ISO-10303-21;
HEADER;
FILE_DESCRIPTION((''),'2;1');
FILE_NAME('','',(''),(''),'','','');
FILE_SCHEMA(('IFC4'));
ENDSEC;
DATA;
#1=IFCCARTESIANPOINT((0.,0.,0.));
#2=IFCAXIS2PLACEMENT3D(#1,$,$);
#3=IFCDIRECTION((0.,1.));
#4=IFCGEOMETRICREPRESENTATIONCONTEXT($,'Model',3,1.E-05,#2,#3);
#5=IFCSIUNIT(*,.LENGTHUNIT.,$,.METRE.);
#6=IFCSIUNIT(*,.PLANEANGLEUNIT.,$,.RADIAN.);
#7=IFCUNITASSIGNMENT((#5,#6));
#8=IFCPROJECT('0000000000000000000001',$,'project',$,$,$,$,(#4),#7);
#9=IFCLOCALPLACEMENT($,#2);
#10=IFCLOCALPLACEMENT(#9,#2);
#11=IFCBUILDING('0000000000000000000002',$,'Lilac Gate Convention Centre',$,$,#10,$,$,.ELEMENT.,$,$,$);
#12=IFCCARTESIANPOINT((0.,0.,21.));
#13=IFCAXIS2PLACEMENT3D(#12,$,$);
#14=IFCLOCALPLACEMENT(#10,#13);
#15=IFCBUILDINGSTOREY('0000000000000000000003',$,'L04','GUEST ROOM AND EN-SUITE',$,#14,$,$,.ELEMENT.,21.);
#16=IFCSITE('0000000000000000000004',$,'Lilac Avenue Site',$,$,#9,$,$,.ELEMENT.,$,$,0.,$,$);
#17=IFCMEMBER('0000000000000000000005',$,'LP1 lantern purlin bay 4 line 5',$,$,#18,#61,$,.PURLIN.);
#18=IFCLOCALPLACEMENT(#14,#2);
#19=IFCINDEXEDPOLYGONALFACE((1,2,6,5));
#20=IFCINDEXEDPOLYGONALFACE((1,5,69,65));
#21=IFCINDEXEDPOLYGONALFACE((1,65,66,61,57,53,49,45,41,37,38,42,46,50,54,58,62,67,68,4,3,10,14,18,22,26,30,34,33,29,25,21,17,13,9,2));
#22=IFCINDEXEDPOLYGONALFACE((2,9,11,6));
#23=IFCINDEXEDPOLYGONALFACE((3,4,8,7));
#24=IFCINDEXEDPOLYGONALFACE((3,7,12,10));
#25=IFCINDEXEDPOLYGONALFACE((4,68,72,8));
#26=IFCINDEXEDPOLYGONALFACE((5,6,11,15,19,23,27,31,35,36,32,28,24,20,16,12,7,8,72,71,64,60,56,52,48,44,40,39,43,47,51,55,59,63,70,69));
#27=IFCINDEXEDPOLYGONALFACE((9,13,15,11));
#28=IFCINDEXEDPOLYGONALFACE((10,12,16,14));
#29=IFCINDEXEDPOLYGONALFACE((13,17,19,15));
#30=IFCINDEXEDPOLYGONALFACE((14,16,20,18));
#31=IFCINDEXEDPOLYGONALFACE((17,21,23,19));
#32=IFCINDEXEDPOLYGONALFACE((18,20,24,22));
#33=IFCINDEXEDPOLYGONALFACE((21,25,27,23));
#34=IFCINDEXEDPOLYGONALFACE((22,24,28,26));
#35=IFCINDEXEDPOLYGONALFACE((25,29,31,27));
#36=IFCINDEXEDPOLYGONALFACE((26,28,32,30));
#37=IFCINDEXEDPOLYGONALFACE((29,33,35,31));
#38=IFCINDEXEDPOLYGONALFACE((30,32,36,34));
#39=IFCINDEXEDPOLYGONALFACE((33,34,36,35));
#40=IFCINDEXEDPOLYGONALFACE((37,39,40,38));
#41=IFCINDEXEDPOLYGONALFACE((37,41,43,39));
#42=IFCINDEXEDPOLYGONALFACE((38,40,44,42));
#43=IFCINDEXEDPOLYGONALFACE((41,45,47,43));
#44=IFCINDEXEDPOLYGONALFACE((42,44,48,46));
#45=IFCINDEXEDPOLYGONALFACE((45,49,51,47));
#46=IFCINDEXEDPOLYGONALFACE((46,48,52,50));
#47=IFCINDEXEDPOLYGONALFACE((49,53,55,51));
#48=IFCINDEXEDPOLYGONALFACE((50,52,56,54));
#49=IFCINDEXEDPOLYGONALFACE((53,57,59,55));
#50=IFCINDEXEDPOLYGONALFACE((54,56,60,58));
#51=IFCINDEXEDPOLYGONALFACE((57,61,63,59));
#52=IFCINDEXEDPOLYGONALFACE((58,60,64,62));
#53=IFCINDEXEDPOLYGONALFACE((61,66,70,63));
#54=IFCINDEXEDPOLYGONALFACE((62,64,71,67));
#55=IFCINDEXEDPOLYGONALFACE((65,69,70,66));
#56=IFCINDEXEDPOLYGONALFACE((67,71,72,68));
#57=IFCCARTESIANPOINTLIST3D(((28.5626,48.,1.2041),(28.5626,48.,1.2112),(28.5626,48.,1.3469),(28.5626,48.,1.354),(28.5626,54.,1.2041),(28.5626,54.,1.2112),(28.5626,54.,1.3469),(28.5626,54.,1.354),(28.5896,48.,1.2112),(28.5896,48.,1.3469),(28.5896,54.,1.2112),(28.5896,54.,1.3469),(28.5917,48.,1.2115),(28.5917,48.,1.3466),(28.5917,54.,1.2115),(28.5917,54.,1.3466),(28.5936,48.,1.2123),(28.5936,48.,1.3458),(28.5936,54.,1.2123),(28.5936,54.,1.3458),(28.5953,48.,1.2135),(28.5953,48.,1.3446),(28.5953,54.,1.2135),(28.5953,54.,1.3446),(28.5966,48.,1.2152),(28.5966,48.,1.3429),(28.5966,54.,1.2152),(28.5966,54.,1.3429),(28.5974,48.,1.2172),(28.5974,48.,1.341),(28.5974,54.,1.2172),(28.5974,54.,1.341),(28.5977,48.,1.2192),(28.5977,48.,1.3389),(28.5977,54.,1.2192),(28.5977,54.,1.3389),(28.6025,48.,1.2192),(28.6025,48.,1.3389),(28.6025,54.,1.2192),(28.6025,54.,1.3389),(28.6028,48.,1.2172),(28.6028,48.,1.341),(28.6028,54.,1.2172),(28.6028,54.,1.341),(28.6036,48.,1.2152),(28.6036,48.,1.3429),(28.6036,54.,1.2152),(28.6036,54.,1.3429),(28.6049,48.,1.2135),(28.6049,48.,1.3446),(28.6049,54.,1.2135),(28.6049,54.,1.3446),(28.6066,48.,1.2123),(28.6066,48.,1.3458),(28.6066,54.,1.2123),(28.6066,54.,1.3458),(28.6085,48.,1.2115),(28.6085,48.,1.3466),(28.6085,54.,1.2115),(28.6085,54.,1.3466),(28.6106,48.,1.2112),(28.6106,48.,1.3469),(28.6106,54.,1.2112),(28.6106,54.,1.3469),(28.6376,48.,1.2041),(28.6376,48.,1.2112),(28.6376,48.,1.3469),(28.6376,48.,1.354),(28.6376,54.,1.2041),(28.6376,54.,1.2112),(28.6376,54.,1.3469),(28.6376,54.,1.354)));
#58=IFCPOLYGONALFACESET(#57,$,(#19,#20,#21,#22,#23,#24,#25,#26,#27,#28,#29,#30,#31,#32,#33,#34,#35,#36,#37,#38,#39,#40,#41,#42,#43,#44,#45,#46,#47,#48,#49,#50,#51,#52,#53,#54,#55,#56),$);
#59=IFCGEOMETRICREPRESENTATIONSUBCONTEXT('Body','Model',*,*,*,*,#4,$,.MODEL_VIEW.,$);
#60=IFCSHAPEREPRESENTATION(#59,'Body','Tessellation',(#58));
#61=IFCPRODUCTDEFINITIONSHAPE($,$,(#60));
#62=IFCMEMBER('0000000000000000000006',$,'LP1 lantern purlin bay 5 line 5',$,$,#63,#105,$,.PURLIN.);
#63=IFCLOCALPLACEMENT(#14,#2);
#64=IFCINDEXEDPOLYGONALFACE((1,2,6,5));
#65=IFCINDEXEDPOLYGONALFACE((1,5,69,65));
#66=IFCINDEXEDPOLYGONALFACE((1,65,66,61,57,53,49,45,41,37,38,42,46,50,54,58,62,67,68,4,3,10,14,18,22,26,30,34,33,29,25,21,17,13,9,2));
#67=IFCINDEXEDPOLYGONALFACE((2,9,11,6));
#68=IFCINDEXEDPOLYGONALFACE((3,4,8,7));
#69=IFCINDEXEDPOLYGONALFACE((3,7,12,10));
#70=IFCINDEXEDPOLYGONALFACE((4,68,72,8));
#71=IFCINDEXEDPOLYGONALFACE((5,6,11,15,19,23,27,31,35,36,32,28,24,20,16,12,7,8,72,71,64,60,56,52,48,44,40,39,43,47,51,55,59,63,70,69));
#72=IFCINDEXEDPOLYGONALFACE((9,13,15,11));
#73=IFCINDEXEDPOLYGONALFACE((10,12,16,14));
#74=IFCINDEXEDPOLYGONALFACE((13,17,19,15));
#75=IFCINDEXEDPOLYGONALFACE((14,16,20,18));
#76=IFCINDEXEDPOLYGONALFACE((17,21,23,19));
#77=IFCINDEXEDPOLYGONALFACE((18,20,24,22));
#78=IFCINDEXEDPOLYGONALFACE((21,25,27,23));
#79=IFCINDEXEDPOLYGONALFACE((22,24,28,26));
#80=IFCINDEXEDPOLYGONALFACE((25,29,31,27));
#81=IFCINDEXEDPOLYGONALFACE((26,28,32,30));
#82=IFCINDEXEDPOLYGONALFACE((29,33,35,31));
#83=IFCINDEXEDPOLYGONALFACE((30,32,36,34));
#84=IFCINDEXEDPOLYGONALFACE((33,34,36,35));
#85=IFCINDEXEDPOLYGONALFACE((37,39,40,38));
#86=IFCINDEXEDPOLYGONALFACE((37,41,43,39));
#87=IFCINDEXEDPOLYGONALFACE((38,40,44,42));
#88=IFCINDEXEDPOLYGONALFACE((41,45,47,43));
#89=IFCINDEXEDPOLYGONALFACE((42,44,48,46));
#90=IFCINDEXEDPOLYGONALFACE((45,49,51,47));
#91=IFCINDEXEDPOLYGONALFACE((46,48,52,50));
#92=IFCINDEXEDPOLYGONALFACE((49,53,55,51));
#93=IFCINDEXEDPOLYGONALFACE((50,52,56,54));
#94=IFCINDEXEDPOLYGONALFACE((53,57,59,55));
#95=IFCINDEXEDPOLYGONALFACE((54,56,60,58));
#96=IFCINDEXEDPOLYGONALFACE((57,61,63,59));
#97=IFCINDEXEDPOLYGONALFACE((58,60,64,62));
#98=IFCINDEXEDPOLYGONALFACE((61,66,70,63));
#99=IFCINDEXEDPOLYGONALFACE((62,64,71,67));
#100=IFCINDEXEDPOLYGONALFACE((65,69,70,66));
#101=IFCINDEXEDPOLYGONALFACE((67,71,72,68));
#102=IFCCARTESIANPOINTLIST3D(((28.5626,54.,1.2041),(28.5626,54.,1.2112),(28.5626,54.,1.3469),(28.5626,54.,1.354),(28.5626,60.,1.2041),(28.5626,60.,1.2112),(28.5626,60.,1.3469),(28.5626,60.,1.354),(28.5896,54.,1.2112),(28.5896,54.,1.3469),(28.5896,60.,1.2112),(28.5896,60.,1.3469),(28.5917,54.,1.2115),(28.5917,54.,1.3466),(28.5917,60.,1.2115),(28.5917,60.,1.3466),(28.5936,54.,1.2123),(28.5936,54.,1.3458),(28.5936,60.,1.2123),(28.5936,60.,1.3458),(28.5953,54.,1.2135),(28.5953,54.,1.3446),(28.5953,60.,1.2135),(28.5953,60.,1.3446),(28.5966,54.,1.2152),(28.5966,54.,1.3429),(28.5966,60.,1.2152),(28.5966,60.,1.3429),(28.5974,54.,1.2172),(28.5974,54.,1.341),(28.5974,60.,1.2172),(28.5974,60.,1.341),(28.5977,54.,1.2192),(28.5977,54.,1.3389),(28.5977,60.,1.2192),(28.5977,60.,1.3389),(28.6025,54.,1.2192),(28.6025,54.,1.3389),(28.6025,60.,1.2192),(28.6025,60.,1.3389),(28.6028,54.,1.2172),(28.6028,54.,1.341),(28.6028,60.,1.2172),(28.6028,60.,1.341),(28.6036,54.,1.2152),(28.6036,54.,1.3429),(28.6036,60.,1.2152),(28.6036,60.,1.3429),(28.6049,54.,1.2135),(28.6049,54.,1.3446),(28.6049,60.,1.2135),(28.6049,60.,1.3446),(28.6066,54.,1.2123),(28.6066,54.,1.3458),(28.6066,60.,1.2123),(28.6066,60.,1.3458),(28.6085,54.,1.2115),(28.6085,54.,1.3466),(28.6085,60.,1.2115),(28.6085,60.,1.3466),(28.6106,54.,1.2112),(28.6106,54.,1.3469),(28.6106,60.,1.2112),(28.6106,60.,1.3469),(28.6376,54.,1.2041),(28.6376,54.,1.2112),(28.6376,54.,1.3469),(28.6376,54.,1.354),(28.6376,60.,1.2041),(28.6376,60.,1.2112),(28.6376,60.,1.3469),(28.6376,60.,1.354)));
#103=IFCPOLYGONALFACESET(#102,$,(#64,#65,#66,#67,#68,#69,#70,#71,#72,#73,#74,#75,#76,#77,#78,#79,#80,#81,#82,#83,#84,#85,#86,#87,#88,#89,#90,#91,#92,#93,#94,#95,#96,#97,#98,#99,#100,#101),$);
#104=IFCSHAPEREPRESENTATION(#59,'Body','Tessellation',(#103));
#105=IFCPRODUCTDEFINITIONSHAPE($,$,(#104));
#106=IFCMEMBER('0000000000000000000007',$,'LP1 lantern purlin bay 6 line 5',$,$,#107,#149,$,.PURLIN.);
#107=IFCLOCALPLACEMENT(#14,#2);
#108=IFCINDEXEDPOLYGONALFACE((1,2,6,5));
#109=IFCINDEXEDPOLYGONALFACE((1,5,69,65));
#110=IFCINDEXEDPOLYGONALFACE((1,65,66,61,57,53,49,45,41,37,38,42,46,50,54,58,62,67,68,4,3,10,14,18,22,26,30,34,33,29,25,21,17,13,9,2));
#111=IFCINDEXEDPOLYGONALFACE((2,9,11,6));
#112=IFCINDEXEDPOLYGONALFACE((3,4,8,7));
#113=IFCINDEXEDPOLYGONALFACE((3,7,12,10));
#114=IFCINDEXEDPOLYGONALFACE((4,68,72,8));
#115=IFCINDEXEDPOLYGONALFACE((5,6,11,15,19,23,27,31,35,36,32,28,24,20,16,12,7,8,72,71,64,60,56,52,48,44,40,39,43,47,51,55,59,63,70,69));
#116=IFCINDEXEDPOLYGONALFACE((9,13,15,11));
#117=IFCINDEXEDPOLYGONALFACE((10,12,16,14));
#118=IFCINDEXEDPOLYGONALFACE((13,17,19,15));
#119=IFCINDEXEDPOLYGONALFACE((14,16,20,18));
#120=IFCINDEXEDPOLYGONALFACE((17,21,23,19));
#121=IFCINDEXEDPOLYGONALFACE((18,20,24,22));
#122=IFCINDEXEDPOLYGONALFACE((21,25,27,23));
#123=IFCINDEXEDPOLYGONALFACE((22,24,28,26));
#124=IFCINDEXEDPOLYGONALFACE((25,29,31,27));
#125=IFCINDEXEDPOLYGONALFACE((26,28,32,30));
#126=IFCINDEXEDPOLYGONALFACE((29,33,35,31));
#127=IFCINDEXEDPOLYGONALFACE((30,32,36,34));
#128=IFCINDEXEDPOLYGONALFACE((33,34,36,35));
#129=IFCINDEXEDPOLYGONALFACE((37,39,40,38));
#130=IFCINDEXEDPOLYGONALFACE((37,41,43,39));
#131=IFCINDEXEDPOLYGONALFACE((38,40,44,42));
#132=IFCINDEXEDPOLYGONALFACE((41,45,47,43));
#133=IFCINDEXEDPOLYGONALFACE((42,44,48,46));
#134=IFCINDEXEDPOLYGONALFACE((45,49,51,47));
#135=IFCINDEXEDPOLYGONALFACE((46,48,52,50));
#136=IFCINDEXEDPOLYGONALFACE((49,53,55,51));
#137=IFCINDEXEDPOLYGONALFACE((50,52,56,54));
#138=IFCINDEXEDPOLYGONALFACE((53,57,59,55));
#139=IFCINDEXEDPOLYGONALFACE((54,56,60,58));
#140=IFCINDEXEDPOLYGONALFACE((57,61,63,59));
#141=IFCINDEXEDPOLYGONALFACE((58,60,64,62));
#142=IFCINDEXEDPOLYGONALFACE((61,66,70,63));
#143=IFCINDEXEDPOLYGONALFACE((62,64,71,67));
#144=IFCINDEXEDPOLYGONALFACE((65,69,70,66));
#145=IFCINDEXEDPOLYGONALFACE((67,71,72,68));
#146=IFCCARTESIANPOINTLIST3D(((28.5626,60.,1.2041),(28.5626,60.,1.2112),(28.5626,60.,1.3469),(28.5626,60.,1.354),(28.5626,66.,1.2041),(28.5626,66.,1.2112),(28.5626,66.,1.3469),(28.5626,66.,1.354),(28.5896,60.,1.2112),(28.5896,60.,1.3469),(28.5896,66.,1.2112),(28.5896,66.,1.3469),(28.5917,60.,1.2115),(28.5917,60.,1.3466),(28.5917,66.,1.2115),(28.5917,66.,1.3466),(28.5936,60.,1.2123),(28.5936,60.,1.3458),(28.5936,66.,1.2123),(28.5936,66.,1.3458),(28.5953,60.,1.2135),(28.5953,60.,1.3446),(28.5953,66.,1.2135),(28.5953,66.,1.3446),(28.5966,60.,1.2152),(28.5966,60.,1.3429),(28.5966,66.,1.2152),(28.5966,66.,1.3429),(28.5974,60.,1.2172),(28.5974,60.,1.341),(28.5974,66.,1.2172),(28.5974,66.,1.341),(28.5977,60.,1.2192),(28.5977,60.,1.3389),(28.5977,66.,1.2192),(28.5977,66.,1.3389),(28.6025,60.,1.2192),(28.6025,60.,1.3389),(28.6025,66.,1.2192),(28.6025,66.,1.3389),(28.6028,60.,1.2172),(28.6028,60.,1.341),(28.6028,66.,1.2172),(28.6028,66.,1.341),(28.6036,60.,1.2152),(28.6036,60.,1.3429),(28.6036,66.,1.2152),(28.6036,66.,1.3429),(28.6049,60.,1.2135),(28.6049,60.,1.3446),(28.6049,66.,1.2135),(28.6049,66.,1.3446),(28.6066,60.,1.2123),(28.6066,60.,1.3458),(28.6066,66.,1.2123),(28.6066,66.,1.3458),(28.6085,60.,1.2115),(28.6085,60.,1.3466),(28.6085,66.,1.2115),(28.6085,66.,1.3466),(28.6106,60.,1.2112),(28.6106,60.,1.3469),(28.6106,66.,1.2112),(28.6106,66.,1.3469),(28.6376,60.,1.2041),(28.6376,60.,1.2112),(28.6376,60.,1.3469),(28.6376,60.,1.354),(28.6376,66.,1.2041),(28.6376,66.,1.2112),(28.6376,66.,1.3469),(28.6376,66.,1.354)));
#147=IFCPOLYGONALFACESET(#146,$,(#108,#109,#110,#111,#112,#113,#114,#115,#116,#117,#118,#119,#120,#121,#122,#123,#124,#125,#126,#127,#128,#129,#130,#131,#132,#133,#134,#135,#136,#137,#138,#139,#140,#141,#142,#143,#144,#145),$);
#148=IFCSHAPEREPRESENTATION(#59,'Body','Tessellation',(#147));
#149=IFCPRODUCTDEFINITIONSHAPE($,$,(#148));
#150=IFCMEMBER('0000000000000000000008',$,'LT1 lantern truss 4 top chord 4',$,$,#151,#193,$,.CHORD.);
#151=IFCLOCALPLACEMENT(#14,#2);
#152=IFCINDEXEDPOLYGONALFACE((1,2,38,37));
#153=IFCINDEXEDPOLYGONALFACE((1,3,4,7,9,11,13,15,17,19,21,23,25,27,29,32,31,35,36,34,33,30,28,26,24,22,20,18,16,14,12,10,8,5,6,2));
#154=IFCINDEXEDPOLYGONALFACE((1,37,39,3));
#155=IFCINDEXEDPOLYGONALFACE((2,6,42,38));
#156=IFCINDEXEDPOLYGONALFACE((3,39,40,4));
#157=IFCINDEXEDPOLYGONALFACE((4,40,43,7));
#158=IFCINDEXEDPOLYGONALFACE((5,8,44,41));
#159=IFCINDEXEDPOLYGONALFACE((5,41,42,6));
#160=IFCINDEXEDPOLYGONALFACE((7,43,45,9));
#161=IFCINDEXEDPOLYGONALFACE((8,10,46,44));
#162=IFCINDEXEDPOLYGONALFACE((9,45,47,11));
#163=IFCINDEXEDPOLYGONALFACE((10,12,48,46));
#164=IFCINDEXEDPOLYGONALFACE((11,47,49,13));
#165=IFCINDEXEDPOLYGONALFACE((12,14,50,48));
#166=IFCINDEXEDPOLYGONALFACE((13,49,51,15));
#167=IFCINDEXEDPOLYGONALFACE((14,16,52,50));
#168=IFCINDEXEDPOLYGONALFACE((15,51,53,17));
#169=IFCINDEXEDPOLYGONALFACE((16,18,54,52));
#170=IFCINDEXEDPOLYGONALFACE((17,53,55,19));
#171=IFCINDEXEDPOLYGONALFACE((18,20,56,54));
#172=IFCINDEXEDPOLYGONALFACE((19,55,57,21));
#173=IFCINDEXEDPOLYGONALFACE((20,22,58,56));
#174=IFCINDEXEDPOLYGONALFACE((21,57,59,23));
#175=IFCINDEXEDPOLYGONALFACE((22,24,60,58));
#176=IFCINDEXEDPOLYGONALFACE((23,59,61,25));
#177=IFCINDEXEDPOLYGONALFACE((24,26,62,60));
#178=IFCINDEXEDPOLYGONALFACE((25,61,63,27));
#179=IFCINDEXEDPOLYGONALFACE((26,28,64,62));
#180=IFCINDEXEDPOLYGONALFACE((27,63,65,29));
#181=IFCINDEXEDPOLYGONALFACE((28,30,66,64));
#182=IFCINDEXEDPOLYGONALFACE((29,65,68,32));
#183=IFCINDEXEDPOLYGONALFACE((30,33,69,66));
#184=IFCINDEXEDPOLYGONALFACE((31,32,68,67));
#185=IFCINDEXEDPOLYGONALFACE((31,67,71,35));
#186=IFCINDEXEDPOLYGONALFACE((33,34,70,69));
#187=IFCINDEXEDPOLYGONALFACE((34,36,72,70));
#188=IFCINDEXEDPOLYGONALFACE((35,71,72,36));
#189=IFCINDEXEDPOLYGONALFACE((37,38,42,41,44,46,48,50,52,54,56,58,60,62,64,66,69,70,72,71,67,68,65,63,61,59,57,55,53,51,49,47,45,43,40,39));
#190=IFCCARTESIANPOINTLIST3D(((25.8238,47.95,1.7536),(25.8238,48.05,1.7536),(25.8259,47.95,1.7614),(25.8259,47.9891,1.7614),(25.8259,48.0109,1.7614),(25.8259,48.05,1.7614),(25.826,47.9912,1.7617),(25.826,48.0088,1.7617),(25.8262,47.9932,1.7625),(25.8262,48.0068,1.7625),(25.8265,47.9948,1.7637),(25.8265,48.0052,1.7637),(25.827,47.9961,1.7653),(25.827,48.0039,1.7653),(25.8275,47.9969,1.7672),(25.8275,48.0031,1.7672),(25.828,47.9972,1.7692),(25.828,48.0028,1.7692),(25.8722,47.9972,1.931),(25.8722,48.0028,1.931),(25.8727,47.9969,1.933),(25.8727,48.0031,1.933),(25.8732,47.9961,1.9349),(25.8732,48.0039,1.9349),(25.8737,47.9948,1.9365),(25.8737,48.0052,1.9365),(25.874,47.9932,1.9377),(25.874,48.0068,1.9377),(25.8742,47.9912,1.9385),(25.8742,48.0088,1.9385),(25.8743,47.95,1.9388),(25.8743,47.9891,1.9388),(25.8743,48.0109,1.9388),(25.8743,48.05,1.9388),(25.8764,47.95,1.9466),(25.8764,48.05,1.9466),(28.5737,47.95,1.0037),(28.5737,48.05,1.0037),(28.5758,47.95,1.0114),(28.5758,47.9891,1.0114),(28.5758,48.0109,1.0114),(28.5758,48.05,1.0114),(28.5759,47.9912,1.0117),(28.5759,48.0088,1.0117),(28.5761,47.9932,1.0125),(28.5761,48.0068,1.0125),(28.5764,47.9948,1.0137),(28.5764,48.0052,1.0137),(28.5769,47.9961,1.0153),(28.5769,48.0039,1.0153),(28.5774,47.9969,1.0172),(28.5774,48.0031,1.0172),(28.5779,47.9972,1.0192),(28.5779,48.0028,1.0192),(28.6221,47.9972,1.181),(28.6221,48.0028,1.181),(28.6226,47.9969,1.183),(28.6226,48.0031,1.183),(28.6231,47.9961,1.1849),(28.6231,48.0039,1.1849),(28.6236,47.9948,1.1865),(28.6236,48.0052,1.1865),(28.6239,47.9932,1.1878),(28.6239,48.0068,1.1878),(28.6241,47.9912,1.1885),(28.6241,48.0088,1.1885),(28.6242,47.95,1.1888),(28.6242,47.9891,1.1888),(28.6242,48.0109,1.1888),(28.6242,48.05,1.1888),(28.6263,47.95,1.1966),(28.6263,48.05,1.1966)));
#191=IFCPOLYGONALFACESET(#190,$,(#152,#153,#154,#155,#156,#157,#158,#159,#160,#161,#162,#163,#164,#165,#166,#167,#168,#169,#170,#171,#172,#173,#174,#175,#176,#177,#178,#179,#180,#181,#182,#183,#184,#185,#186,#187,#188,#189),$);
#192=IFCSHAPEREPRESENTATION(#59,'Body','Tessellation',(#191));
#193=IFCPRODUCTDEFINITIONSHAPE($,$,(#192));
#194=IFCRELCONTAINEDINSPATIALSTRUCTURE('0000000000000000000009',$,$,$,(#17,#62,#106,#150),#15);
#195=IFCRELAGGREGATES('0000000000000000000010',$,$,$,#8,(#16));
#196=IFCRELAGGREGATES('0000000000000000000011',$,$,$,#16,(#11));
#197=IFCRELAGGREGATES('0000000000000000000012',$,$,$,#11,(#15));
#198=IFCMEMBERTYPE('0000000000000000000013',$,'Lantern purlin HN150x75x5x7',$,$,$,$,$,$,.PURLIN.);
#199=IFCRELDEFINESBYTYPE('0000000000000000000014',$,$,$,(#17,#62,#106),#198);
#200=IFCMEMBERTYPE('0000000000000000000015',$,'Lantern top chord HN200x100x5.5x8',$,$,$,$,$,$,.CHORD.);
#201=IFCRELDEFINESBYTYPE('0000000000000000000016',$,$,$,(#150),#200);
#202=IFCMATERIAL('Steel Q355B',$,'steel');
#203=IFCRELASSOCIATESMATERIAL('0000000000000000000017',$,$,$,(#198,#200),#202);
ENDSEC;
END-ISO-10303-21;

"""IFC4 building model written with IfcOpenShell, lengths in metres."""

from ifc_helpers import new_model, si_unit, direction, frame, origin, origin_2d, place, context, subcontext, project, spatial, i_section, extrude, material, material_profile, profile_set, type_object, element, save


model = new_model("IFC4")

# Units and contexts
model_context = context("Model", 3, precision=1e-05, world=origin(), true_north=direction((0.0, 1.0)))
body_context = subcontext(model_context, "Body", "Model", "MODEL_VIEW")
ifc_project = project(units=[si_unit("LENGTHUNIT", "METRE"), si_unit("PLANEANGLEUNIT", "RADIAN")], contexts=[model_context])

# Site, building, storey
site_placement = place(None, origin())
site = spatial("IfcSite", under=ifc_project, at=site_placement, Name="Lilac Avenue Site", CompositionType="ELEMENT", RefElevation=0.0)
building_placement = place(site_placement, origin())
building = spatial("IfcBuilding", under=site, at=building_placement, Name="Lilac Gate Convention Centre", CompositionType="ELEMENT")
storey_placement = place(building_placement, frame((0.0, 0.0, 21.0)))
storey = spatial("IfcBuildingStorey", under=building, at=storey_placement, Name="L04", Description="GUEST ROOM AND EN-SUITE", CompositionType="ELEMENT", Elevation=21.0)

# Members
ifc_material_1 = material(Name="Steel Q355B", Category="steel")
ifc_material_profile_1 = material_profile(ifc_material_1, i_section(OverallWidth=0.075, OverallDepth=0.1499, WebThickness=0.0049, FlangeThickness=0.0071, FilletRadius=0.0081, at=origin_2d()), Name="HN150x75x5x7")
ifc_profile_set_1 = profile_set([ifc_material_profile_1], Name="Steel Q355B")
member_type_1 = type_object("IfcMemberType", Name="Lantern purlin HN150x75x5x7", PredefinedType="PURLIN", material=ifc_profile_set_1)
for number, where, z_axis, x_axis, name in (
    (1, (28.6001, 48.0, 1.2791), (0.0, 1.0, 0.0), (-1.0, 0.0, 0.0), "LP1 lantern purlin bay 4 line 5"),
    (2, (28.6001, 54.0, 1.2791), (0.0, 1.0, 0.0), (-1.0, 0.0, 0.0), "LP1 lantern purlin bay 5 line 5"),
    (3, (28.6001, 60.0, 1.2791), (0.0, 1.0, 0.0), (-1.0, 0.0, 0.0), "LP1 lantern purlin bay 6 line 5"),
):
    element("IfcMember", number, at=place(storey_placement, frame(where, z_axis=z_axis, x_axis=x_axis)), inside=storey, type_object=member_type_1, Name=name, PredefinedType="PURLIN", context=body_context, shape_type="SweptSolid", body=[
        extrude(i_section(OverallWidth=0.075, OverallDepth=0.1499, WebThickness=0.0049, FlangeThickness=0.0071, FilletRadius=0.0081, at=origin_2d()), origin(), (0.0, 0.0, 1.0), 6.0),
    ])
ifc_material_profile_2 = material_profile(ifc_material_1, i_section(OverallWidth=0.1001, OverallDepth=0.2, WebThickness=0.0056, FlangeThickness=0.0081, FilletRadius=0.0081, at=origin_2d()), Name="HN200x100x5.5x8")
ifc_profile_set_2 = profile_set([ifc_material_profile_2], Name="Steel Q355B")
member_type_2 = type_object("IfcMemberType", Name="Lantern top chord HN200x100x5.5x8", PredefinedType="CHORD", material=ifc_profile_set_2)
for number, where, z_axis, x_axis, name in (
    (4, (25.8501, 48.0, 1.8501), (0.964764, 0.0, -0.263117), (0.0, 1.0, 0.0), "LT1 lantern truss 4 top chord 4"),
):
    element("IfcMember", number, at=place(storey_placement, frame(where, z_axis=z_axis, x_axis=x_axis)), inside=storey, type_object=member_type_2, Name=name, PredefinedType="CHORD", context=body_context, shape_type="SweptSolid", body=[
        extrude(i_section(OverallWidth=0.1001, OverallDepth=0.2, WebThickness=0.0056, FlangeThickness=0.0081, FilletRadius=0.0081, at=origin_2d()), origin(), (0.0, 0.0, 1.0), 2.8503),
    ])

save(model, "model.ifc")
